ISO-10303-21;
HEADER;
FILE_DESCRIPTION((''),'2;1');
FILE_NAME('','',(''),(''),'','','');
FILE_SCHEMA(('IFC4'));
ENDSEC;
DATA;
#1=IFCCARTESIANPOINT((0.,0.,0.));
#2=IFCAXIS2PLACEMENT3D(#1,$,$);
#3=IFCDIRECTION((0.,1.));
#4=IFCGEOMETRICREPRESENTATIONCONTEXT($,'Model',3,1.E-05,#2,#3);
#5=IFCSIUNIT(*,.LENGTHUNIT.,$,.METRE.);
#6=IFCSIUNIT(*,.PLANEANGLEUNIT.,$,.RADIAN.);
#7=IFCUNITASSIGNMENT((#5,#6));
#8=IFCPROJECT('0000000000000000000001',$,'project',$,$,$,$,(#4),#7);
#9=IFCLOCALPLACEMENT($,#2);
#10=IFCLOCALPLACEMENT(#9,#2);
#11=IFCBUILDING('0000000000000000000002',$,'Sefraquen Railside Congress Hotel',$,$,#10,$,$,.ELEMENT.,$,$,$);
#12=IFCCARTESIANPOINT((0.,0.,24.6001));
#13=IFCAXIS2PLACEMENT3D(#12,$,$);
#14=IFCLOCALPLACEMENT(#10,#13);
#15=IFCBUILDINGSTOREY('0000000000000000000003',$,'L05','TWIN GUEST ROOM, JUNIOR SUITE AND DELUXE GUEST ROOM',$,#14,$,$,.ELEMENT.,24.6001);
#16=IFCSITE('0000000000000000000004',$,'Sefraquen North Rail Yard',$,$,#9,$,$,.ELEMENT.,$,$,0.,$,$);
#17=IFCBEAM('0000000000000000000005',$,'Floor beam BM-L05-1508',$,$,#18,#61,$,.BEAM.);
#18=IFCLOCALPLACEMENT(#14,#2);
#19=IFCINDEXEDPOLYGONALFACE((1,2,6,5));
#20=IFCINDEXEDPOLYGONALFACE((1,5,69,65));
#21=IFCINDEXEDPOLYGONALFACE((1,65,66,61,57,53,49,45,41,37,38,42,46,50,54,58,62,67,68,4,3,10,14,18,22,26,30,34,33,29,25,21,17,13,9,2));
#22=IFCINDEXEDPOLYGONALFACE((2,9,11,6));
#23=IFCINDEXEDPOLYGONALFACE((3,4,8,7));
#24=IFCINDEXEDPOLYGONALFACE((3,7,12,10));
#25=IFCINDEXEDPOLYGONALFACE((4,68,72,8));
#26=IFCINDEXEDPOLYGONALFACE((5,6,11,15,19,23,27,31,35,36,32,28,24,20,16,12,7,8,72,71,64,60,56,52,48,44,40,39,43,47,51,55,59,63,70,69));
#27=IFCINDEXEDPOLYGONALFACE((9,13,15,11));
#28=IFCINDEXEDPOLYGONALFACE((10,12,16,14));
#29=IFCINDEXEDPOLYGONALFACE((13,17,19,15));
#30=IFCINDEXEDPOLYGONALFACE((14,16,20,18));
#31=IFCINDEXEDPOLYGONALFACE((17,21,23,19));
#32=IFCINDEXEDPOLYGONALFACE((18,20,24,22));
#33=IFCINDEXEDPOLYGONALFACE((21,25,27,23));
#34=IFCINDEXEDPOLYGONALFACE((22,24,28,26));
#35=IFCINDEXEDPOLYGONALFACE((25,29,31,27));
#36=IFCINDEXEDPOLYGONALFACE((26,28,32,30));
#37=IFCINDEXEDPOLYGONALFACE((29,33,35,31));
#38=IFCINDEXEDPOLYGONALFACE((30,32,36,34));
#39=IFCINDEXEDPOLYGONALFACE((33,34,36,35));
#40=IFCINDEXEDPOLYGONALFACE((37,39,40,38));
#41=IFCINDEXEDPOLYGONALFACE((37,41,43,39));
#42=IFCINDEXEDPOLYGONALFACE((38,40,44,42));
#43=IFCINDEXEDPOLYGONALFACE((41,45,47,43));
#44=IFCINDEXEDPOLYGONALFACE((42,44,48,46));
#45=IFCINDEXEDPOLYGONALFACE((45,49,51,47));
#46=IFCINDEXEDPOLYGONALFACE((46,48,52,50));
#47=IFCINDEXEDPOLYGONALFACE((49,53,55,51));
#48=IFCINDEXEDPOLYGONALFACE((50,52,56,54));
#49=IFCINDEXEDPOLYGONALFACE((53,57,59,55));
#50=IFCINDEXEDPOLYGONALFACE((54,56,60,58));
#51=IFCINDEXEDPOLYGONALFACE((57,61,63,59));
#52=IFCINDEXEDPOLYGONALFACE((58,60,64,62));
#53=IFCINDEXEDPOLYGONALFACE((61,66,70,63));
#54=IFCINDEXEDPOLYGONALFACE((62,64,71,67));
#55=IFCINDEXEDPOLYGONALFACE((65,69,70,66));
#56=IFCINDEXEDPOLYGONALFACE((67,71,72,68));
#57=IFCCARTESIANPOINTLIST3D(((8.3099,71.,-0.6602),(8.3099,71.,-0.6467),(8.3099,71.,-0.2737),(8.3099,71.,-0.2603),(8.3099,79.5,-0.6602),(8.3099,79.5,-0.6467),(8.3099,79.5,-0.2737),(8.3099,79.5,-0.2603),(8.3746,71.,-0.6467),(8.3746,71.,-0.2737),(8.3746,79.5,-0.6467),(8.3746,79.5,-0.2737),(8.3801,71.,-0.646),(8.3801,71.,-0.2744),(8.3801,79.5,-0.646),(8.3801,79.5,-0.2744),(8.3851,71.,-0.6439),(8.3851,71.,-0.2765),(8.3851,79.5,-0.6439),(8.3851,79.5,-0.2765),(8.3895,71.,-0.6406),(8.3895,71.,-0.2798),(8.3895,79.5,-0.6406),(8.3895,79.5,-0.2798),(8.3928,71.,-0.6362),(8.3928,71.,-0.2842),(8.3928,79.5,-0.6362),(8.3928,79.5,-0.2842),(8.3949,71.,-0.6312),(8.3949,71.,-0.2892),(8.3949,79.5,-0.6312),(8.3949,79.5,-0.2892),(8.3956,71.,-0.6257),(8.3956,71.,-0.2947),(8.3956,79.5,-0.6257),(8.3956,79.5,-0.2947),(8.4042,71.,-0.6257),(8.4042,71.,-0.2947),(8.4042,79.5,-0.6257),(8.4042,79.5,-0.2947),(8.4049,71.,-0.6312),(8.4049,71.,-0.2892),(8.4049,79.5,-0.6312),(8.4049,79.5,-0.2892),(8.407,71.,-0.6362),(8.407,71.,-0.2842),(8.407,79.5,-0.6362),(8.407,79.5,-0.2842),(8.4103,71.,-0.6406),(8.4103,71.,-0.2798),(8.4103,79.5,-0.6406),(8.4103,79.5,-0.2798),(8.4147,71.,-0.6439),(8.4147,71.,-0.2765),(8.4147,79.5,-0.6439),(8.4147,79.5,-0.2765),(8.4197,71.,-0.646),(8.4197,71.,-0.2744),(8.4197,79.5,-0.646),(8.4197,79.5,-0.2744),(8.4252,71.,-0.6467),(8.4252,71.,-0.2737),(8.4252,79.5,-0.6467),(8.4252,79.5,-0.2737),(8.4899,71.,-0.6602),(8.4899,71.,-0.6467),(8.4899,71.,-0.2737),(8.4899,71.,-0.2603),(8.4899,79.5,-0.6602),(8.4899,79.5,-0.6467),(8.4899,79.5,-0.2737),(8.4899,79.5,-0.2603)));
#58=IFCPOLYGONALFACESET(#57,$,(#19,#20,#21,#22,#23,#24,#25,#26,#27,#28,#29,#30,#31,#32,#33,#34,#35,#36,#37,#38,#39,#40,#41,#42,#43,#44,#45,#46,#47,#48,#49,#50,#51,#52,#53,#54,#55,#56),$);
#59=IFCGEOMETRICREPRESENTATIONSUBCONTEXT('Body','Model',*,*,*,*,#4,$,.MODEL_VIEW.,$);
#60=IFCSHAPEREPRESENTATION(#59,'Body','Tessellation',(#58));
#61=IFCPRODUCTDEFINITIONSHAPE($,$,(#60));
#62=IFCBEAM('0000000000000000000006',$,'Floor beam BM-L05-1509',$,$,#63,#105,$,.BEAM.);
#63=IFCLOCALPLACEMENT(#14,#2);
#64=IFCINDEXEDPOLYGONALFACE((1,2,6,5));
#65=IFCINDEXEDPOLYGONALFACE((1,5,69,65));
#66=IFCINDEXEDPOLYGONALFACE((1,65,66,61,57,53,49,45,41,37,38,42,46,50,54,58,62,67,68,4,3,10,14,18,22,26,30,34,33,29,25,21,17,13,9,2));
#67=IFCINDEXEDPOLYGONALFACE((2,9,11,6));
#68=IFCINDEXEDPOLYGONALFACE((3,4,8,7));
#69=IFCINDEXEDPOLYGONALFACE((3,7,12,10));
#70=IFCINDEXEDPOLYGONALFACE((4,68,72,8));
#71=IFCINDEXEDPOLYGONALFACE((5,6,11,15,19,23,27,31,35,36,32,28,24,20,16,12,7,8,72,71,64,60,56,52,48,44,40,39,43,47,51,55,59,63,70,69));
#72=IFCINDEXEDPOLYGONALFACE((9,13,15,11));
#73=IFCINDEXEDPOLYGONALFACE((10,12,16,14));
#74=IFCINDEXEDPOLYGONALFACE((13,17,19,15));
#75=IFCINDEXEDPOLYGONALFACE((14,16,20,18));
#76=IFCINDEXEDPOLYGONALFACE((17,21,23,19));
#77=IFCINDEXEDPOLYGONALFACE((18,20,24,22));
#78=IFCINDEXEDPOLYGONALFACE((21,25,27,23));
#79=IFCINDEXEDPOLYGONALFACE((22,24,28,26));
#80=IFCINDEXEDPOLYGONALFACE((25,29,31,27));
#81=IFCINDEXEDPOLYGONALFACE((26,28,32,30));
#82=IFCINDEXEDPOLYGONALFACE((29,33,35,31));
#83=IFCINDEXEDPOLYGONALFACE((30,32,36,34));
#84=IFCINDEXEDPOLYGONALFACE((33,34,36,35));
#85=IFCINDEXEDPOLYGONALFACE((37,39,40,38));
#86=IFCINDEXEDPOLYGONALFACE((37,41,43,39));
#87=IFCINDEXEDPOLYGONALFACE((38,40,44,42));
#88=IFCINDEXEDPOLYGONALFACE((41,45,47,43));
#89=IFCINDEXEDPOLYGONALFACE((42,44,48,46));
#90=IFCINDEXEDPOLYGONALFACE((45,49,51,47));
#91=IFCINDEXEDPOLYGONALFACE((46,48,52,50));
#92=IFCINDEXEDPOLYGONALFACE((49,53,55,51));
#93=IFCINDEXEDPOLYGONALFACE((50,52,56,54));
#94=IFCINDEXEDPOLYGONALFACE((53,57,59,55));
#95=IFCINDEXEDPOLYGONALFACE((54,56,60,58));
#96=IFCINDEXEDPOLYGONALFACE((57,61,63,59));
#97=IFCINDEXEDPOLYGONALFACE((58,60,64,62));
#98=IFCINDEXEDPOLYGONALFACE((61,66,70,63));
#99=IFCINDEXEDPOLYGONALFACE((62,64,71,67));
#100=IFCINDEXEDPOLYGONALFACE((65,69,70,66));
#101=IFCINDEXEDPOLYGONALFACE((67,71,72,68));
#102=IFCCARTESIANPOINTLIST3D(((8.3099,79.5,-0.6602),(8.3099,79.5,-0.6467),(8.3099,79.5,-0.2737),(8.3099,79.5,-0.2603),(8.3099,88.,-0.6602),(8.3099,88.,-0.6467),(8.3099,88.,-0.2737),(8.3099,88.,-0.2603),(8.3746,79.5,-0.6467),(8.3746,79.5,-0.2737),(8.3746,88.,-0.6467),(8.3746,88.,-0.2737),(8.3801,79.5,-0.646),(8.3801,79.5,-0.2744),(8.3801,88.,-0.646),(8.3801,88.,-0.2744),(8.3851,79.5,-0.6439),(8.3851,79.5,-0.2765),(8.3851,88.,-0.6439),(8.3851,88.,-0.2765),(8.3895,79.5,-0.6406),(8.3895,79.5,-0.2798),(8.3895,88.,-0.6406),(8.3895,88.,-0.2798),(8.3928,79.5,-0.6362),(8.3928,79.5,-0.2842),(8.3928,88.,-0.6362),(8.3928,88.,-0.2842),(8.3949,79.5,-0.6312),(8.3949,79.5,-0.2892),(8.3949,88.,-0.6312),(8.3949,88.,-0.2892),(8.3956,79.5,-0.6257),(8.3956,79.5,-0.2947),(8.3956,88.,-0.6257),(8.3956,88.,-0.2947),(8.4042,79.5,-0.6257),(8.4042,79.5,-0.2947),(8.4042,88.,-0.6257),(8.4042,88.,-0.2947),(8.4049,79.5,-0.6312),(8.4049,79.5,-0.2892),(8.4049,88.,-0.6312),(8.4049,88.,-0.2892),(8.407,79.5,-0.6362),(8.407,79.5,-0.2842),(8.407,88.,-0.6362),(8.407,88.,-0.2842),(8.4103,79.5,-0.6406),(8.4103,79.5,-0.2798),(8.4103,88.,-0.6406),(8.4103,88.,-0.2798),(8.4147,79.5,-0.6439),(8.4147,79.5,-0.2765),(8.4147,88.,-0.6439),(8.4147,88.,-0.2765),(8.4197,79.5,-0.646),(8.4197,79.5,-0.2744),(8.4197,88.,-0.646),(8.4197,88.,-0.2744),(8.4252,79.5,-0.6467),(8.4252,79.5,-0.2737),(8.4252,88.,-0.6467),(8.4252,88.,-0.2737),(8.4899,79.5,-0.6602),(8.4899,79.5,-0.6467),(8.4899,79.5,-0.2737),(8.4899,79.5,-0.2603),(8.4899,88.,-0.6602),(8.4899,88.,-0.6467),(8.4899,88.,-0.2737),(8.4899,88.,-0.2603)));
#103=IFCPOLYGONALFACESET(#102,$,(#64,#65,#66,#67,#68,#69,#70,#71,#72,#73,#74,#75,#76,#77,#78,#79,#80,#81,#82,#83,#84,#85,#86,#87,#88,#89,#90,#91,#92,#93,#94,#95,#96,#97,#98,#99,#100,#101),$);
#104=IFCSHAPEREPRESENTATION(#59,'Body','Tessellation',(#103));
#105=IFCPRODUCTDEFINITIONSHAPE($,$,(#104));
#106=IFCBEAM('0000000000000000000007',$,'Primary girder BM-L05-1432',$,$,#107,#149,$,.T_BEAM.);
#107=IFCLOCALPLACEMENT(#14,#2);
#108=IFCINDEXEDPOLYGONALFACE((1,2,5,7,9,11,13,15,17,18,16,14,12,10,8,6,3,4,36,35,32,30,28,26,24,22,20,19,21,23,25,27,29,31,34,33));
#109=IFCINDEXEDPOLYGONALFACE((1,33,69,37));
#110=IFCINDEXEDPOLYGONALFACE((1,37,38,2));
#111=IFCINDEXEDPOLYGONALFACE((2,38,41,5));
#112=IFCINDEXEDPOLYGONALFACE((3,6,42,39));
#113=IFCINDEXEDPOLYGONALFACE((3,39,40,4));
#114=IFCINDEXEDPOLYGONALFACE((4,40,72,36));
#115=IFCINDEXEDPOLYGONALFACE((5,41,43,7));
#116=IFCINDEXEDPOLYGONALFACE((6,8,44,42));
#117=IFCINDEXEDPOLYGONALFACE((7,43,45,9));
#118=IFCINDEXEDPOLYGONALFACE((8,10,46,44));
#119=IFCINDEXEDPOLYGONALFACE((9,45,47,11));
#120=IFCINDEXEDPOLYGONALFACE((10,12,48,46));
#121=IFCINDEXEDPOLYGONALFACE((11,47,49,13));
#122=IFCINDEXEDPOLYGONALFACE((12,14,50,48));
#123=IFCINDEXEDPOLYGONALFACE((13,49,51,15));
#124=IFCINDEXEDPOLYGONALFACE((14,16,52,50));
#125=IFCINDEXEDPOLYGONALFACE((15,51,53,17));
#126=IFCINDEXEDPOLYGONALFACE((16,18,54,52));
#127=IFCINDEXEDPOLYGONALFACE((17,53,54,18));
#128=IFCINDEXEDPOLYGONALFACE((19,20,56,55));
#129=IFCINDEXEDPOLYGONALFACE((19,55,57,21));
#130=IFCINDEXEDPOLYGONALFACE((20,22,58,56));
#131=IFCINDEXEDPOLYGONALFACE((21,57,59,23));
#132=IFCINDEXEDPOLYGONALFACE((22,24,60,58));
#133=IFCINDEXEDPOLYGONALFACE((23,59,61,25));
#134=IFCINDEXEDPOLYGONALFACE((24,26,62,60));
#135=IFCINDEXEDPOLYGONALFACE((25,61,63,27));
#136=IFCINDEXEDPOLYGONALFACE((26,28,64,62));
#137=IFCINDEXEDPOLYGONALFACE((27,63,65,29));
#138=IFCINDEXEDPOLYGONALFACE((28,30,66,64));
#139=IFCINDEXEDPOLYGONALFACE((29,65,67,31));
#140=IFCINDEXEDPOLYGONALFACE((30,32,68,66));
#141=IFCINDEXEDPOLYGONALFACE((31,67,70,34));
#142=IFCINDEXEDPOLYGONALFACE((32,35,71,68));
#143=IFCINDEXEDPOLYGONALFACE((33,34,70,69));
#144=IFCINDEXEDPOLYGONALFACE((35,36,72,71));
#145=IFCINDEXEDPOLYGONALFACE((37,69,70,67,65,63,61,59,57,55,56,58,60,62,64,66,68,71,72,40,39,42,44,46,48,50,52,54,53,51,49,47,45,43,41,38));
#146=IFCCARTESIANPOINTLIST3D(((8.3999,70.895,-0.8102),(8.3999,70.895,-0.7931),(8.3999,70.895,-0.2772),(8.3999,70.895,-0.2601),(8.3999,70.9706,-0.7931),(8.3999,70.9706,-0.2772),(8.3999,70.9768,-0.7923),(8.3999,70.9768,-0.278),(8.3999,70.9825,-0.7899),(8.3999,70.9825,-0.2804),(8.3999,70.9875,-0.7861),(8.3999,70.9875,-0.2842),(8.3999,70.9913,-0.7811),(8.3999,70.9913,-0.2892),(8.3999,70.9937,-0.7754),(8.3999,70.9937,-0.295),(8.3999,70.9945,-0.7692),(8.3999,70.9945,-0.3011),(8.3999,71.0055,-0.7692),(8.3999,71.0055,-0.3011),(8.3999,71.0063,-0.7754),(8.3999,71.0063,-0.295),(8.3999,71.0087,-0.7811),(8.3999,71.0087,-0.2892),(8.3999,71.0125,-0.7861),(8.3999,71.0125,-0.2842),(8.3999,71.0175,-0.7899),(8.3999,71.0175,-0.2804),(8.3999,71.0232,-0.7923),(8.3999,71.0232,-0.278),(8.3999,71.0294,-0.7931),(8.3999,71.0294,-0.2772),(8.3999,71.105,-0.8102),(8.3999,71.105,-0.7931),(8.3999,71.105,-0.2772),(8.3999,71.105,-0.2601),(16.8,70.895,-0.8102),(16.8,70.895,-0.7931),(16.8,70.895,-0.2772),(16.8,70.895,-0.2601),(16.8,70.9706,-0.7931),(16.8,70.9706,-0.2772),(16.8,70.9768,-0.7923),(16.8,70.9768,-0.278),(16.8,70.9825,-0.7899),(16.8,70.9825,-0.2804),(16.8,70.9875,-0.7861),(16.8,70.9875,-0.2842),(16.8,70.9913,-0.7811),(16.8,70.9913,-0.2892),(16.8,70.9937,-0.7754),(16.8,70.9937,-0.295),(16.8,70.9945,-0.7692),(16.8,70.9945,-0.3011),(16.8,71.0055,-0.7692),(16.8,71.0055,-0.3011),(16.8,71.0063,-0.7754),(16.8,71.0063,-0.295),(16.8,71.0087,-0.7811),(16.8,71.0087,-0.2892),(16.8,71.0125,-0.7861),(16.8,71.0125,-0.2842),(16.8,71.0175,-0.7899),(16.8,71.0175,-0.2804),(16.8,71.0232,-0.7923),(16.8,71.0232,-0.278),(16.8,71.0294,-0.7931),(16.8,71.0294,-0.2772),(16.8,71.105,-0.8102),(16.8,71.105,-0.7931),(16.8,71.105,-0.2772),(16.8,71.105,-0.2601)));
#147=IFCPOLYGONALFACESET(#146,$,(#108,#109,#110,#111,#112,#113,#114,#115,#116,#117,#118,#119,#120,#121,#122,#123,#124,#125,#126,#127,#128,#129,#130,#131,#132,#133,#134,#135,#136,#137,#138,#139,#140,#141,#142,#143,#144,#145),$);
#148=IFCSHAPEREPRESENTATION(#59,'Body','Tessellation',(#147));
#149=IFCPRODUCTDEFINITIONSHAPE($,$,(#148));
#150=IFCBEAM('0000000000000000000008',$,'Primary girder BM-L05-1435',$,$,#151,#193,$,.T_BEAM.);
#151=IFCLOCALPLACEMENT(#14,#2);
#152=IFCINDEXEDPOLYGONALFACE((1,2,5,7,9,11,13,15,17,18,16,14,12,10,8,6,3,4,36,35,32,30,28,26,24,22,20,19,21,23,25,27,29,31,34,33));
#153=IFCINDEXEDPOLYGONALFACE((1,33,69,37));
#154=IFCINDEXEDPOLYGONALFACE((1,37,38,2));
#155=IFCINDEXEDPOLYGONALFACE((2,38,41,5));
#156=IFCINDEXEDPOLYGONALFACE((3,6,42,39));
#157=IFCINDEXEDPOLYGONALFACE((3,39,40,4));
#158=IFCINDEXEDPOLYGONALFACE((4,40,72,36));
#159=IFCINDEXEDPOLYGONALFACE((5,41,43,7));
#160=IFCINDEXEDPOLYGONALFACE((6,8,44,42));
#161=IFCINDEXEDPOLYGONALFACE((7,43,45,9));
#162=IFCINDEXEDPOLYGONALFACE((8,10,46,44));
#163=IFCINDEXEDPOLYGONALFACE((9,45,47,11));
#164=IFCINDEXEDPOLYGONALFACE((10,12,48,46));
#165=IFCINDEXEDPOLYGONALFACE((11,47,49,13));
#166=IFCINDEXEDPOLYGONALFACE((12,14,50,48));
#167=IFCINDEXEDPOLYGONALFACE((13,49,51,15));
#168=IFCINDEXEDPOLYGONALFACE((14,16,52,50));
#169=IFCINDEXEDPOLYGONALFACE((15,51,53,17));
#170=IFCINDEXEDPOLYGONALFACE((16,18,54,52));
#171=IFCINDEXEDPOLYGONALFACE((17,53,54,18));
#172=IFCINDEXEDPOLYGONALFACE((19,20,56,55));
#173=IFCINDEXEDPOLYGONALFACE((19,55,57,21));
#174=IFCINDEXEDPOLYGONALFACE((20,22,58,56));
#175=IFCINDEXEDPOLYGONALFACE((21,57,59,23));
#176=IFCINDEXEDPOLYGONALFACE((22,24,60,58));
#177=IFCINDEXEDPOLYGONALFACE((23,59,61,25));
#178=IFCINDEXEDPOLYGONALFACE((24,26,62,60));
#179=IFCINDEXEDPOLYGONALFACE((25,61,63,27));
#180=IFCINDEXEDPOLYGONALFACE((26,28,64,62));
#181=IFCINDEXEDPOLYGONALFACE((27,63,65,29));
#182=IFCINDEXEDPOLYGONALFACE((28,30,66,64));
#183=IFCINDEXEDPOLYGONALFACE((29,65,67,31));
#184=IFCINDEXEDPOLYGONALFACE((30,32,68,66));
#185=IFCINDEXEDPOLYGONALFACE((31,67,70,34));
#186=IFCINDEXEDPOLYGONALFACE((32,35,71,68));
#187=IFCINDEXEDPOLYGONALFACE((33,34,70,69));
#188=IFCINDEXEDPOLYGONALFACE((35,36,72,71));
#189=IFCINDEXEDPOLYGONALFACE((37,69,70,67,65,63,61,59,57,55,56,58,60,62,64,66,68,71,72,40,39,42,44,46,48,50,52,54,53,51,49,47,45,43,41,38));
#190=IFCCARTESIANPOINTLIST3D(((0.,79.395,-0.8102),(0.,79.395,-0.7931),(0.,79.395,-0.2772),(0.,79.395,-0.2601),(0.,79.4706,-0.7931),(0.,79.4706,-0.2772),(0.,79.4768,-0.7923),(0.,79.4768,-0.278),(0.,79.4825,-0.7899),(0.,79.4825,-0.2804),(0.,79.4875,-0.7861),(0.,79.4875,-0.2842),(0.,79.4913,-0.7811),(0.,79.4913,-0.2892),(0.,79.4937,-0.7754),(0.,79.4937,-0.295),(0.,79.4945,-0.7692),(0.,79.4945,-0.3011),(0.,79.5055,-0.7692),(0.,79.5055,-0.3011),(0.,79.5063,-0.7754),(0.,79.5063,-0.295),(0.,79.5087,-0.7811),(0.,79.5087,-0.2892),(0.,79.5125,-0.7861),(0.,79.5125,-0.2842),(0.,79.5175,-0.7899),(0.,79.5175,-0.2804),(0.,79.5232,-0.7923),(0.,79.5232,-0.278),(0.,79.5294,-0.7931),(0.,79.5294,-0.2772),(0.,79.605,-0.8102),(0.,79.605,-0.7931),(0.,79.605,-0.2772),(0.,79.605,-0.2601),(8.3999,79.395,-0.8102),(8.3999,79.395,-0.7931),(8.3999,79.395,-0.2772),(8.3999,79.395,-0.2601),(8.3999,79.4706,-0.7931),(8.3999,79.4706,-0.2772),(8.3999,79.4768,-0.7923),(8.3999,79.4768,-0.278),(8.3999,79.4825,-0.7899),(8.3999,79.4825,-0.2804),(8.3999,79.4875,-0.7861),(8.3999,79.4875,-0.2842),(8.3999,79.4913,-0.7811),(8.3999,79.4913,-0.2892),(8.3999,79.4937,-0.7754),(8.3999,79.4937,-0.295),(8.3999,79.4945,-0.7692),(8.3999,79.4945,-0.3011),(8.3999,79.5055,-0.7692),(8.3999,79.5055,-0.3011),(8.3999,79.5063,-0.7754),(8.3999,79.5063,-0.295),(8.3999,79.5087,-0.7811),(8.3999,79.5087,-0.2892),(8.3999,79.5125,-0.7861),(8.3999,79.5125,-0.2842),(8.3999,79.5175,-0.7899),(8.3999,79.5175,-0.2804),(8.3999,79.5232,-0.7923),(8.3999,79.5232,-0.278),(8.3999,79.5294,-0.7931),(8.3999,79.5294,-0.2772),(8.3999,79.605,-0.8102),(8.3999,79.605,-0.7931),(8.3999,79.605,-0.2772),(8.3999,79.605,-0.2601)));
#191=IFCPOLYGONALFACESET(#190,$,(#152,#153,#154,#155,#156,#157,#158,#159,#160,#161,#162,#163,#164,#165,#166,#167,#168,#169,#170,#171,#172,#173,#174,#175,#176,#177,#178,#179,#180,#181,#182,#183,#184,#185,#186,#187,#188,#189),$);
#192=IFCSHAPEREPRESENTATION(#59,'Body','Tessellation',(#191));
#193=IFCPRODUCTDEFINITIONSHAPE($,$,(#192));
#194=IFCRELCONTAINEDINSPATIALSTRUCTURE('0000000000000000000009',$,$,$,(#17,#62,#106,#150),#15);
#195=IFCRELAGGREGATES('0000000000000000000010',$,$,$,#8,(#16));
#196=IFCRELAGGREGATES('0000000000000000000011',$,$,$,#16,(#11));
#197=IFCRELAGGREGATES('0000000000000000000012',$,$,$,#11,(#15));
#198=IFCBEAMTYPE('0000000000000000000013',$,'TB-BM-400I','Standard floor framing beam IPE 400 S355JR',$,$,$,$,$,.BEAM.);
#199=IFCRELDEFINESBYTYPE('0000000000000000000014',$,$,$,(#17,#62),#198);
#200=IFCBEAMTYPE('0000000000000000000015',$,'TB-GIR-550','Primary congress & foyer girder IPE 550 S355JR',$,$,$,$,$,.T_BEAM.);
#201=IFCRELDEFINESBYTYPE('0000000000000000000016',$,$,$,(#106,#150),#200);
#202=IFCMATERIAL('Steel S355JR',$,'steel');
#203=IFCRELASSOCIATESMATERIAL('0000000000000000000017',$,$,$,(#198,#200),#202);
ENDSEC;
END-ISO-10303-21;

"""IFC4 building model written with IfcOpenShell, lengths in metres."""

from ifc_helpers import new_model, si_unit, direction, frame, origin, origin_2d, place, context, subcontext, project, spatial, i_section, extrude, material, material_profile, profile_set, type_object, element, save


model = new_model("IFC4")

# Units and contexts
model_context = context("Model", 3, precision=1e-05, world=origin(), true_north=direction((0.0, 1.0)))
body_context = subcontext(model_context, "Body", "Model", "MODEL_VIEW")
ifc_project = project(units=[si_unit("LENGTHUNIT", "METRE"), si_unit("PLANEANGLEUNIT", "RADIAN")], contexts=[model_context])

# Site, building, storey
site_placement = place(None, origin())
site = spatial("IfcSite", under=ifc_project, at=site_placement, Name="Sefraquen North Rail Yard", CompositionType="ELEMENT", RefElevation=0.0)
building_placement = place(site_placement, origin())
building = spatial("IfcBuilding", under=site, at=building_placement, Name="Sefraquen Railside Congress Hotel", CompositionType="ELEMENT")
storey_placement = place(building_placement, frame((0.0, 0.0, 24.6001)))
storey = spatial("IfcBuildingStorey", under=building, at=storey_placement, Name="L05", Description="TWIN GUEST ROOM, JUNIOR SUITE AND DELUXE GUEST ROOM", CompositionType="ELEMENT", Elevation=24.6001)

# Shared definitions
ifc_material_1 = material(Name="Steel S355JR", Category="steel")

# Beams
ifc_material_profile_1 = material_profile(ifc_material_1, i_section(OverallWidth=0.1799, OverallDepth=0.3999, WebThickness=0.0085, FlangeThickness=0.0134, FilletRadius=0.021, at=origin_2d()), Name="IPE 400")
ifc_profile_set_1 = profile_set([ifc_material_profile_1], Name="Steel S355JR")
beam_type_1 = type_object("IfcBeamType", Name="TB-BM-400I", Description="Standard floor framing beam IPE 400 S355JR", PredefinedType="BEAM", material=ifc_profile_set_1)
for number, where, z_axis, x_axis, name in (
    (1, (8.3999, 71.0, -0.4602), (0.0, 1.0, 0.0), (-1.0, 0.0, 0.0), "Floor beam BM-L05-1508"),
    (2, (8.3999, 79.5, -0.4602), (0.0, 1.0, 0.0), (-1.0, 0.0, 0.0), "Floor beam BM-L05-1509"),
):
    element("IfcBeam", number, at=place(storey_placement, frame(where, z_axis=z_axis, x_axis=x_axis)), inside=storey, type_object=beam_type_1, Name=name, PredefinedType="BEAM", context=body_context, shape_type="SweptSolid", body=[
        extrude(i_section(OverallWidth=0.1799, OverallDepth=0.3999, WebThickness=0.0085, FlangeThickness=0.0134, FilletRadius=0.021, at=origin_2d()), origin(), (0.0, 0.0, 1.0), 8.5),
    ])
ifc_material_profile_2 = material_profile(ifc_material_1, i_section(OverallWidth=0.21, OverallDepth=0.55, WebThickness=0.011, FlangeThickness=0.0171, FilletRadius=0.0239, at=origin_2d()), Name="IPE 550")
ifc_profile_set_2 = profile_set([ifc_material_profile_2], Name="Steel S355JR")
beam_type_2 = type_object("IfcBeamType", Name="TB-GIR-550", Description="Primary congress & foyer girder IPE 550 S355JR", PredefinedType="T_BEAM", material=ifc_profile_set_2)
beam_1_placement = place(storey_placement, frame((8.3999, 71.0, -0.5352), z_axis=(1.0, 0.0, 0.0), x_axis=(0.0, 1.0, 0.0)))
element("IfcBeam", 3, at=beam_1_placement, inside=storey, type_object=beam_type_2, Name="Primary girder BM-L05-1432", PredefinedType="T_BEAM", context=body_context, shape_type="SweptSolid", body=[
    extrude(i_section(OverallWidth=0.21, OverallDepth=0.55, WebThickness=0.011, FlangeThickness=0.0171, FilletRadius=0.0239, at=origin_2d()), origin(), (0.0, 0.0, 1.0), 8.4001),
])
beam_2_placement = place(storey_placement, frame((0.0, 79.5, -0.5352), z_axis=(1.0, 0.0, 0.0), x_axis=(0.0, 1.0, 0.0)))
element("IfcBeam", 4, at=beam_2_placement, inside=storey, type_object=beam_type_2, Name="Primary girder BM-L05-1435", PredefinedType="T_BEAM", context=body_context, shape_type="SweptSolid", body=[
    extrude(i_section(OverallWidth=0.21, OverallDepth=0.55, WebThickness=0.011, FlangeThickness=0.0171, FilletRadius=0.0239, at=origin_2d()), origin(), (0.0, 0.0, 1.0), 8.3999),
])

save(model, "model.ifc")
